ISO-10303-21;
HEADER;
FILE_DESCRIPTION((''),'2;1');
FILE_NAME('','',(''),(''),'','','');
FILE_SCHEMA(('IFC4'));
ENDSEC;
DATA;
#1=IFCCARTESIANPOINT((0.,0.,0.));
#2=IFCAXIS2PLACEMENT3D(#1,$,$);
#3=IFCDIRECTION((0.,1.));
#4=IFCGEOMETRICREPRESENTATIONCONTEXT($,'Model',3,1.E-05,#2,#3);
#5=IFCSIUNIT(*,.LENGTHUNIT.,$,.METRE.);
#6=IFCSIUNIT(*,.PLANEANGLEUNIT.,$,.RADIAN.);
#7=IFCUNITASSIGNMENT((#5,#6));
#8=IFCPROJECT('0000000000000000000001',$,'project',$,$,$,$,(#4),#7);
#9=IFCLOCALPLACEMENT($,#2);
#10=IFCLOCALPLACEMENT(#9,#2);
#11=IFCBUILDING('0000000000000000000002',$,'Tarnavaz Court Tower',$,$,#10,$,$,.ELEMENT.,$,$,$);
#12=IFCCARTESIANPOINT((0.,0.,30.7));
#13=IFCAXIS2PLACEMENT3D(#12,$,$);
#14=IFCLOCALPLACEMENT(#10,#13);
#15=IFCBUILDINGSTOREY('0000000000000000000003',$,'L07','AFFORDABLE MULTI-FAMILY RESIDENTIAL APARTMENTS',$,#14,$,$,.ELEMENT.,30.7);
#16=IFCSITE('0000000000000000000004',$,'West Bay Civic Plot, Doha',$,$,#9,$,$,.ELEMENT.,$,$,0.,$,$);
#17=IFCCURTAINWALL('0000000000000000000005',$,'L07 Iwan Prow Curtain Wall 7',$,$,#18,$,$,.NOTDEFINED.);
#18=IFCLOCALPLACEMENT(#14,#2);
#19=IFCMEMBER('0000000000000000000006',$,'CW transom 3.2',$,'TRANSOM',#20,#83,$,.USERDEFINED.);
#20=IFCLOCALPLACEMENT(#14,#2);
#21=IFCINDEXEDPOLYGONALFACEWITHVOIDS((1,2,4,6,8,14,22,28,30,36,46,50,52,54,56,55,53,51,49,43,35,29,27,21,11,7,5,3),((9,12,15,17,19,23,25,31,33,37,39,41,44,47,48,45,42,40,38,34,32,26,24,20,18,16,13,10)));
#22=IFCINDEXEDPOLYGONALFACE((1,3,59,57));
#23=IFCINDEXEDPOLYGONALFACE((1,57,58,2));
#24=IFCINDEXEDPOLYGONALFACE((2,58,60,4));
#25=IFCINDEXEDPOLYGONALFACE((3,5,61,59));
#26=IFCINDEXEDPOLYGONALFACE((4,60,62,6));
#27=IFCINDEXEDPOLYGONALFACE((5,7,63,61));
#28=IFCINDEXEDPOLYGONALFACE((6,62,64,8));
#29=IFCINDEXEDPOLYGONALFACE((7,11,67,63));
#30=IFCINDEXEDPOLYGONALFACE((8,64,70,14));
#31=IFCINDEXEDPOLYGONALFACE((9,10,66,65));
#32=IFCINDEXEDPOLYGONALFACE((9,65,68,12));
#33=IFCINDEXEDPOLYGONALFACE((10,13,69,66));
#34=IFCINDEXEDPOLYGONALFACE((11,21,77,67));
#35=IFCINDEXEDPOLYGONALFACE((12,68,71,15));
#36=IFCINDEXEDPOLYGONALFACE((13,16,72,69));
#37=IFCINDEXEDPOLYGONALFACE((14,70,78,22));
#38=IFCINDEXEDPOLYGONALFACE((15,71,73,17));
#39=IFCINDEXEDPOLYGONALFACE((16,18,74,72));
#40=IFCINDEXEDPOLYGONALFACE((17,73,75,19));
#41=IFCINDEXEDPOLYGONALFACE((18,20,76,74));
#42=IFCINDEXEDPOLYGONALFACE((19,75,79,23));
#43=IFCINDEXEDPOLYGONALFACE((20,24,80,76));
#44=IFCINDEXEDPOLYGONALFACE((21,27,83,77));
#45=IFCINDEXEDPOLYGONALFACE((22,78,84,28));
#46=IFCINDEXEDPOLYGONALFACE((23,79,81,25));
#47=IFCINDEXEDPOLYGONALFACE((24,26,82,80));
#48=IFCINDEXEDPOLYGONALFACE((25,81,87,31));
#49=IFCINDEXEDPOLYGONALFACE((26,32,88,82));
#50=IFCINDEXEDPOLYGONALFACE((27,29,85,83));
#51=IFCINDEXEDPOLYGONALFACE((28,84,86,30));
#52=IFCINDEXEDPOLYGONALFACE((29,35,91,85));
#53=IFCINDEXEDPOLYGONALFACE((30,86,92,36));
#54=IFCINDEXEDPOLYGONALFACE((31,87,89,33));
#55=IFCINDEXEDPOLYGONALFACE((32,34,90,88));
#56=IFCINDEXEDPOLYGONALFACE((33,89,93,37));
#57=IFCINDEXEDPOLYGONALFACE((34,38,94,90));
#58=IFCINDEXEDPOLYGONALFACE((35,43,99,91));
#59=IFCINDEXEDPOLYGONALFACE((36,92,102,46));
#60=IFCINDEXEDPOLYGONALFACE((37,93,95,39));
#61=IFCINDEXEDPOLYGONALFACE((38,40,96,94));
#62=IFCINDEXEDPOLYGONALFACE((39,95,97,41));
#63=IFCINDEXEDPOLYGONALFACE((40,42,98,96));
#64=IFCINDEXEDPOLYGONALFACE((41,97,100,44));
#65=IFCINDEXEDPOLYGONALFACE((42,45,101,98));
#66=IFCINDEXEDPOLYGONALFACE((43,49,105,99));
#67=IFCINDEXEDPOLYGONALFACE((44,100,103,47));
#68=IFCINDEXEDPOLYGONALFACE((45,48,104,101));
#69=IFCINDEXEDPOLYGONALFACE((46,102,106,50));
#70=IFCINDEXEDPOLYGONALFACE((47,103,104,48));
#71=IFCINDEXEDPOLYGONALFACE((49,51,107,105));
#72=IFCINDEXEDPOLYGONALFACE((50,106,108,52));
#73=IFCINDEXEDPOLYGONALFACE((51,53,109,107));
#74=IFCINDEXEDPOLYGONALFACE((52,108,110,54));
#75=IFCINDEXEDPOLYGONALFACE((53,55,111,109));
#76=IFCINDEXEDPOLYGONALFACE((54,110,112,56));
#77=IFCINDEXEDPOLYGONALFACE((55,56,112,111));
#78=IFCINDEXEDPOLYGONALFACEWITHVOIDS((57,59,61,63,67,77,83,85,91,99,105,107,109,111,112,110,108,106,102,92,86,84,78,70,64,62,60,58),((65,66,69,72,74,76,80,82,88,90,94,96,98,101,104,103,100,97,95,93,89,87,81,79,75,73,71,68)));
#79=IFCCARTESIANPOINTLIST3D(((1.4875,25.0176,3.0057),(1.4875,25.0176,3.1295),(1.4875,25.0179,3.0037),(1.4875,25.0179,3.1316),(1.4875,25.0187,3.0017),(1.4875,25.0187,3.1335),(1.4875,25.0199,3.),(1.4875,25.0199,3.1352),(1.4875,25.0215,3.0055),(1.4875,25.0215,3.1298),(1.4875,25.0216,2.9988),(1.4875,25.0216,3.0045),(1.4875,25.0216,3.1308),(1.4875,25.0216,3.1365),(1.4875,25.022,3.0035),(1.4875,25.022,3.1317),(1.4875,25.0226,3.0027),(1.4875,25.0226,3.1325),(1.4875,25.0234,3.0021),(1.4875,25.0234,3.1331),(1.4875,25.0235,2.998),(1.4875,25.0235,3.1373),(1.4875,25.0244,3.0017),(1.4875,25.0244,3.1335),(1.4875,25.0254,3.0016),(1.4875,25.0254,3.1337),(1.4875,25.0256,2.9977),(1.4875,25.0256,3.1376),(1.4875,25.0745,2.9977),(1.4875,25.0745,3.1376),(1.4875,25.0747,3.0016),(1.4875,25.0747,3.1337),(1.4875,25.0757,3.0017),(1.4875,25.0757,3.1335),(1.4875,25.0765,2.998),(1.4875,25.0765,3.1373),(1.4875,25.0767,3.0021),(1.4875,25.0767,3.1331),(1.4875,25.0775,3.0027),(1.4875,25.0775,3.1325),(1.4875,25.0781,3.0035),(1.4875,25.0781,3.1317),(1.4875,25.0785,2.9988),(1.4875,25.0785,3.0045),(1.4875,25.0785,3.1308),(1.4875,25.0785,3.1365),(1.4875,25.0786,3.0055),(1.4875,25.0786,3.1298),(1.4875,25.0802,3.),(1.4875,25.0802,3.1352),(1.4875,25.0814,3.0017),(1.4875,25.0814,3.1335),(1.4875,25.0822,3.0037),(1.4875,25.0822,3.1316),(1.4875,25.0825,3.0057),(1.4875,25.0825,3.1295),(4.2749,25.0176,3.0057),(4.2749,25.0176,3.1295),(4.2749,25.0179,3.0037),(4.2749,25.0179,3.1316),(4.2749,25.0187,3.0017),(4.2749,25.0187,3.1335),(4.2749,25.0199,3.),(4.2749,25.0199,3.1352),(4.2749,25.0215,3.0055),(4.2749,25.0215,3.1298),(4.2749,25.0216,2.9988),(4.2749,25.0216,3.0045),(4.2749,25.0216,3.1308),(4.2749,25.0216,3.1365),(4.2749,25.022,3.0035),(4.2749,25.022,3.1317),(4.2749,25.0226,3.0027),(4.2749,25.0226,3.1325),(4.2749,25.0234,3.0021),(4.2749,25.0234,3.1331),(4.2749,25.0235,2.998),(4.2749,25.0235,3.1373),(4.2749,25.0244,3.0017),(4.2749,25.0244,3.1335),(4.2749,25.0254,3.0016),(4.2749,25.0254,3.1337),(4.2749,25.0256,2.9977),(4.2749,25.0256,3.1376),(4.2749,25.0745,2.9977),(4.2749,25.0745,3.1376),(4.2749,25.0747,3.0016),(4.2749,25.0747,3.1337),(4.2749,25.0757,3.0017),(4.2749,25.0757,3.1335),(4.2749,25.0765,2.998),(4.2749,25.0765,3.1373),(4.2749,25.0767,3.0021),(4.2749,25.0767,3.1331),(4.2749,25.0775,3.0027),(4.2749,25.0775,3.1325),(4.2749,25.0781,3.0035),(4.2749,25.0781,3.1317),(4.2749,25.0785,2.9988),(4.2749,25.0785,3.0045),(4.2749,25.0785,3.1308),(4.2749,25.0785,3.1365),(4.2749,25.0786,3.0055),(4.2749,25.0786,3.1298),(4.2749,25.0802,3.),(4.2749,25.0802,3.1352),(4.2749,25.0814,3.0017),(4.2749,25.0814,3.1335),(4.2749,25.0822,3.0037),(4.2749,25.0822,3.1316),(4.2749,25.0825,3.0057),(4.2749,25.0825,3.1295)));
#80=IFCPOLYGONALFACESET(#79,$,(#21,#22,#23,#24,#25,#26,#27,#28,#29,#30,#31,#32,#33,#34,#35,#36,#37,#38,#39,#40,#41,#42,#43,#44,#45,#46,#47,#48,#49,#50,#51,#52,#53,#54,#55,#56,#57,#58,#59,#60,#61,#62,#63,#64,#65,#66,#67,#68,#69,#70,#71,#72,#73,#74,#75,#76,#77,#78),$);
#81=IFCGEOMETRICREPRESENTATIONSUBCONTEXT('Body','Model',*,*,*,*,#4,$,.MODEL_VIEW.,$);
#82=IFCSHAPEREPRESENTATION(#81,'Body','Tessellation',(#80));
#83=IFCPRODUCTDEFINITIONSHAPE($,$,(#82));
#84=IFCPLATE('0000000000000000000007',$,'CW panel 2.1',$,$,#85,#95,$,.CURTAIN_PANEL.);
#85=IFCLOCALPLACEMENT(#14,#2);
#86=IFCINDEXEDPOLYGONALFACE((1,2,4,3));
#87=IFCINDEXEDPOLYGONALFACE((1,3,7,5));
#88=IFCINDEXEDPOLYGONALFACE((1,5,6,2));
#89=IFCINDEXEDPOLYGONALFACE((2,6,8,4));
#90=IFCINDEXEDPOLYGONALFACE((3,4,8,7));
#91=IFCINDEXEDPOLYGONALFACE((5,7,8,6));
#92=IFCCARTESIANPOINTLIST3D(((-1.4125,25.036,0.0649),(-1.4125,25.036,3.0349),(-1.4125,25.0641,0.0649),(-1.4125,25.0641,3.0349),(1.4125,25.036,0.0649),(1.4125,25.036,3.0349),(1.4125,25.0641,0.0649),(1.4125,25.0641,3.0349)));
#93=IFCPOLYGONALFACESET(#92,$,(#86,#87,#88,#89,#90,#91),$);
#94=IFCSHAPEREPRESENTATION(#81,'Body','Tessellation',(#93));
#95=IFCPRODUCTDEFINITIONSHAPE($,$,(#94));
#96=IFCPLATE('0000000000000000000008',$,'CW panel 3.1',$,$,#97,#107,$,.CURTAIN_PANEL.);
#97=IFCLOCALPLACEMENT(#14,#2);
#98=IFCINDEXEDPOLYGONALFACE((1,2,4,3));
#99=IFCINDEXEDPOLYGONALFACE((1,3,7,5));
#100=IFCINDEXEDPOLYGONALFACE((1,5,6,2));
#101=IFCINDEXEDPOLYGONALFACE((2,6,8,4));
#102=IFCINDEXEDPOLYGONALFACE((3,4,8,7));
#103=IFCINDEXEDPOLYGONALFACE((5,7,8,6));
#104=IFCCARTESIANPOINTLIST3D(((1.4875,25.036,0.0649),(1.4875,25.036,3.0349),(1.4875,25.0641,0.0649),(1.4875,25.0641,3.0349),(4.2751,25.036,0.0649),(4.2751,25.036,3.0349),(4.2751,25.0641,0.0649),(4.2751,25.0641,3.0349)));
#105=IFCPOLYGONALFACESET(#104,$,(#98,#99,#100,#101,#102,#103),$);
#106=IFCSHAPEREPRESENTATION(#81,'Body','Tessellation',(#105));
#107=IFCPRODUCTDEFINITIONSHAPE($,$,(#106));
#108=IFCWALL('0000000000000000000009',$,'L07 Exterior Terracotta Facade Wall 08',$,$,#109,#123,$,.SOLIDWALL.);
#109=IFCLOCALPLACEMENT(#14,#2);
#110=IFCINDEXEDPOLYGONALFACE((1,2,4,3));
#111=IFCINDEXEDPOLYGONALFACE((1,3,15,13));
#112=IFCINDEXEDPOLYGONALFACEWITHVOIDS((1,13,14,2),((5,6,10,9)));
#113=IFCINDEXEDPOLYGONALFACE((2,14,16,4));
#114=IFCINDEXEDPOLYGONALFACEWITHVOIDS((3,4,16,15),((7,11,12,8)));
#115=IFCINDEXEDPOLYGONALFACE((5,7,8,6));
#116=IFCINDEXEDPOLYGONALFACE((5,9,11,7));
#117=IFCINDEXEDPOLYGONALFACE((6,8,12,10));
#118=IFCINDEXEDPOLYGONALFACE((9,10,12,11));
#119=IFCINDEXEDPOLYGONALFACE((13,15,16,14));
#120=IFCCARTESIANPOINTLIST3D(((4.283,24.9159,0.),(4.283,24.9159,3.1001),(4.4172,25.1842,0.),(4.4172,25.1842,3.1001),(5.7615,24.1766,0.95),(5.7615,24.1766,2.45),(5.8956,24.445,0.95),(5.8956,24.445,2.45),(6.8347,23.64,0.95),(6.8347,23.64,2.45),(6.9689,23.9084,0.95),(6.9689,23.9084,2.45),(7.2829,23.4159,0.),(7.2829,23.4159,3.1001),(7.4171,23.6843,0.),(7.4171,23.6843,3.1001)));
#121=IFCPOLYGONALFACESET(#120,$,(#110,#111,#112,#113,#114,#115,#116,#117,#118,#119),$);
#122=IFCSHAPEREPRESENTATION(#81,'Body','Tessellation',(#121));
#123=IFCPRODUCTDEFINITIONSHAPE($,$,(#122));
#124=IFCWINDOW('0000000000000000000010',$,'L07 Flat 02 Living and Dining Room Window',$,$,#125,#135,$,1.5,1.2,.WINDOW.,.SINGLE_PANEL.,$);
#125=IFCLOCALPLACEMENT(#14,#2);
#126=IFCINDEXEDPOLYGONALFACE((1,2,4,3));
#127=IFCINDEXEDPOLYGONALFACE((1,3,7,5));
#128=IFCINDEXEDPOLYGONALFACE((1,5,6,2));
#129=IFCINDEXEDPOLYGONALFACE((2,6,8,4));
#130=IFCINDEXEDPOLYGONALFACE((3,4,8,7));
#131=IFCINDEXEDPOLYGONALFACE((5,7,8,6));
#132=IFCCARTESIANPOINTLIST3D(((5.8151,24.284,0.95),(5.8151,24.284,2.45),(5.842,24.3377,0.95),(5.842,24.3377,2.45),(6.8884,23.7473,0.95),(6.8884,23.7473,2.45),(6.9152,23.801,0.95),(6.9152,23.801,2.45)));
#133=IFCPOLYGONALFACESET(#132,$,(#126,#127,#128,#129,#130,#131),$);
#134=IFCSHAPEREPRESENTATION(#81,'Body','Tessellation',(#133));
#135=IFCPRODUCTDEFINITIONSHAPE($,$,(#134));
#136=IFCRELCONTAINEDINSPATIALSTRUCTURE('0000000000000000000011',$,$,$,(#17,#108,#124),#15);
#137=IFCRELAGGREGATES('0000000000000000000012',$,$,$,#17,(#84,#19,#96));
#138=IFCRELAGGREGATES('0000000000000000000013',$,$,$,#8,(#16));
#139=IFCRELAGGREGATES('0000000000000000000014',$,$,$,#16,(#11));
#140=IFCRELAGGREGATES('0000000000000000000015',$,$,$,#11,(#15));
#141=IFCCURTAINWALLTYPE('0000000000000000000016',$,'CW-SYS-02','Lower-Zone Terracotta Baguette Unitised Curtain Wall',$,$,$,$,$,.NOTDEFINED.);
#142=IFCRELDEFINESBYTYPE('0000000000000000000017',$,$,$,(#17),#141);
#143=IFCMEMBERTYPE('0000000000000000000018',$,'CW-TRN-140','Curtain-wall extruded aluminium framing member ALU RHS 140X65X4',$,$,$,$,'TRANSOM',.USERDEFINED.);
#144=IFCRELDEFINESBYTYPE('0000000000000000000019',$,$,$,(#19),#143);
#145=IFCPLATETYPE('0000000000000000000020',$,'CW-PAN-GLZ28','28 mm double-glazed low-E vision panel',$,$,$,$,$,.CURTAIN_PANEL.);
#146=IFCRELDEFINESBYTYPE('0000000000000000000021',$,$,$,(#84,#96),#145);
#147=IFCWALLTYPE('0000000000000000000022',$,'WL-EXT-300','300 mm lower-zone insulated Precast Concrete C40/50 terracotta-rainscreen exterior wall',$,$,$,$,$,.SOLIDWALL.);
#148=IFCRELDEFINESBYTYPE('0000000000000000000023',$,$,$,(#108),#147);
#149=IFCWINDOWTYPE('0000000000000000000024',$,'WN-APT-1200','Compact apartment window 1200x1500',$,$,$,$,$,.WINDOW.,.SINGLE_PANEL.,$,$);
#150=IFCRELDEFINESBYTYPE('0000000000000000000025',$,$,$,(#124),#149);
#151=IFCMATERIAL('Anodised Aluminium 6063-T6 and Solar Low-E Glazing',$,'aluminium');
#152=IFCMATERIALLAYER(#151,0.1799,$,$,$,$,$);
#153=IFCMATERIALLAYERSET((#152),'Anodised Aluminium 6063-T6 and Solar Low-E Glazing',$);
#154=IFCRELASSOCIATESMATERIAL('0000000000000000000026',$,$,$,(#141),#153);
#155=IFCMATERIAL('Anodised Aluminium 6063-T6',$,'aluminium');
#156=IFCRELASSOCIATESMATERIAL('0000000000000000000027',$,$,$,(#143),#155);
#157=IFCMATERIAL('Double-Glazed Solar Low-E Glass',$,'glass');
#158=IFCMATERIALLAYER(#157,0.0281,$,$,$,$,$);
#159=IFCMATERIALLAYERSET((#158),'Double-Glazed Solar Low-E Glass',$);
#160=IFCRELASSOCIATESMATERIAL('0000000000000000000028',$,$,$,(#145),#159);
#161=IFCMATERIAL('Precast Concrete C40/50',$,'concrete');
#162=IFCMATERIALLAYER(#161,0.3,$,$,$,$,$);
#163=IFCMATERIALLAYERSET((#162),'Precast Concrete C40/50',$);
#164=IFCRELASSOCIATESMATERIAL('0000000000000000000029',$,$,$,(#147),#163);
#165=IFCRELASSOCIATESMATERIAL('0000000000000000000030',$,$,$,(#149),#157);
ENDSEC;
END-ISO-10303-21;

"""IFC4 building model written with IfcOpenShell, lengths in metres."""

from ifc_helpers import new_model, si_unit, direction, frame, frame_2d, origin, origin_2d, place, context, subcontext, project, spatial, rectangle, hollow_rectangle, extrude, material, layer, layer_set, material_profile, profile_set, type_object, element, fill, aggregate, save


model = new_model("IFC4")

# Units and contexts
model_context = context("Model", 3, precision=1e-05, world=origin(), true_north=direction((0.0, 1.0)))
body_context = subcontext(model_context, "Body", "Model", "MODEL_VIEW")
ifc_project = project(units=[si_unit("LENGTHUNIT", "METRE"), si_unit("PLANEANGLEUNIT", "RADIAN")], contexts=[model_context])

# Site, building, storey
site_placement = place(None, origin())
site = spatial("IfcSite", under=ifc_project, at=site_placement, Name="West Bay Civic Plot, Doha", CompositionType="ELEMENT", RefElevation=0.0)
building_placement = place(site_placement, origin())
building = spatial("IfcBuilding", under=site, at=building_placement, Name="Tarnavaz Court Tower", CompositionType="ELEMENT")
storey_placement = place(building_placement, frame((0.0, 0.0, 30.7)))
storey = spatial("IfcBuildingStorey", under=building, at=storey_placement, Name="L07", Description="AFFORDABLE MULTI-FAMILY RESIDENTIAL APARTMENTS", CompositionType="ELEMENT", Elevation=30.7)

# Curtain wall, member, plates
ifc_material_1 = material(Name="Anodised Aluminium 6063-T6 and Solar Low-E Glazing", Category="aluminium")
ifc_layer_1 = layer(ifc_material_1, 0.1799)
ifc_layer_set_1 = layer_set([ifc_layer_1], Name="Anodised Aluminium 6063-T6 and Solar Low-E Glazing")
curtain_wall_type = type_object("IfcCurtainWallType", Name="CW-SYS-02", Description="Lower-Zone Terracotta Baguette Unitised Curtain Wall", PredefinedType="NOTDEFINED", material=ifc_layer_set_1)
curtain_wall_placement = place(storey_placement, origin())
curtain_wall = element("IfcCurtainWall", 1, at=curtain_wall_placement, inside=storey, type_object=curtain_wall_type, Name="L07 Iwan Prow Curtain Wall 7", PredefinedType="NOTDEFINED")
ifc_material_2 = material(Name="Anodised Aluminium 6063-T6", Category="aluminium")
ifc_material_profile_1 = material_profile(ifc_material_2, hollow_rectangle(XDim=0.0649, YDim=0.1399, WallThickness=0.0039, InnerFilletRadius=0.0039, OuterFilletRadius=0.0081, at=origin_2d()), Name="ALU RHS 140X65X4")
ifc_profile_set_1 = profile_set([ifc_material_profile_1], Name="Anodised Aluminium 6063-T6")
member_type_1 = type_object("IfcMemberType", Name="CW-TRN-140", Description="Curtain-wall extruded aluminium framing member ALU RHS 140X65X4", ElementType="TRANSOM", PredefinedType="USERDEFINED", material=ifc_profile_set_1)
member_1_placement = place(storey_placement, frame((1.4875, 25.05, 3.0676), z_axis=(1.0, 0.0, 0.0), x_axis=(0.0, 1.0, 0.0)))
member_1 = element("IfcMember", 2, at=member_1_placement, type_object=member_type_1, Name="CW transom 3.2", ObjectType="TRANSOM", PredefinedType="USERDEFINED", context=body_context, shape_type="SweptSolid", body=[
    extrude(hollow_rectangle(XDim=0.0649, YDim=0.1399, WallThickness=0.0039, InnerFilletRadius=0.0039, OuterFilletRadius=0.0081, at=origin_2d()), origin(), (0.0, 0.0, 1.0), 2.7874),
])
ifc_material_3 = material(Name="Double-Glazed Solar Low-E Glass", Category="glass")
ifc_layer_2 = layer(ifc_material_3, 0.0281)
ifc_layer_set_2 = layer_set([ifc_layer_2], Name="Double-Glazed Solar Low-E Glass")
plate_type = type_object("IfcPlateType", Name="CW-PAN-GLZ28", Description="28 mm double-glazed low-E vision panel", PredefinedType="CURTAIN_PANEL", material=ifc_layer_set_2)
plate_1_placement = place(storey_placement, frame((0.0, 25.05, 0.0649), z_axis=(0.0, 0.0, 1.0), x_axis=(1.0, 0.0, 0.0)))
plate_1 = element("IfcPlate", 3, at=plate_1_placement, type_object=plate_type, Name="CW panel 2.1", PredefinedType="CURTAIN_PANEL", context=body_context, shape_type="SweptSolid", body=[
    extrude(rectangle(XDim=2.825, YDim=0.0281, at=origin_2d()), origin(), (0.0, 0.0, 1.0), 2.97),
])
plate_2_placement = place(storey_placement, frame((2.8813, 25.05, 0.0649), z_axis=(0.0, 0.0, 1.0), x_axis=(1.0, 0.0, 0.0)))
plate_2 = element("IfcPlate", 4, at=plate_2_placement, type_object=plate_type, Name="CW panel 3.1", PredefinedType="CURTAIN_PANEL", context=body_context, shape_type="SweptSolid", body=[
    extrude(rectangle(XDim=2.7876, YDim=0.0281, at=origin_2d()), origin(), (0.0, 0.0, 1.0), 2.97),
])
aggregate(curtain_wall, [plate_1, member_1, plate_2])

# Wall, opening, window
ifc_material_4 = material(Name="Precast Concrete C40/50", Category="concrete")
ifc_layer_3 = layer(ifc_material_4, 0.3)
ifc_layer_set_3 = layer_set([ifc_layer_3], Name="Precast Concrete C40/50")
wall_type_1 = type_object("IfcWallType", Name="WL-EXT-300", Description="300 mm lower-zone insulated Precast Concrete C40/50 terracotta-rainscreen exterior wall", PredefinedType="SOLIDWALL", material=ifc_layer_set_3)
wall_1_placement = place(storey_placement, frame((4.3501, 25.05, 0.0), z_axis=(0.0, 0.0, 1.0), x_axis=(0.894427, -0.447214, 0.0)))
wall_1 = element("IfcWall", 5, at=wall_1_placement, inside=storey, type_object=wall_type_1, Name="L07 Exterior Terracotta Facade Wall 08", PredefinedType="SOLIDWALL", context=body_context, shape_type="SweptSolid", body=[
    extrude(rectangle(XDim=3.354, YDim=0.3, at=frame_2d((1.677, 0.0))), origin(), (0.0, 0.0, 1.0), 3.1001),
])
opening_1_placement = place(wall_1_placement, frame((1.6528, 0.0, 0.95)))
opening_1 = element("IfcOpeningElement", 6, at=opening_1_placement, cuts=wall_1, PredefinedType="OPENING", context=body_context, shape_type="SweptSolid", body=[
    extrude(rectangle(XDim=1.2, YDim=1.5, at=frame_2d((0.6001, 0.75))), frame((0.0, 0.1599, 0.0), z_axis=(0.0, -1.0, 0.0), x_axis=(1.0, 0.0, 0.0)), (0.0, 0.0, 1.0), 0.3201),
])
window_type_1 = type_object("IfcWindowType", Name="WN-APT-1200", Description="Compact apartment window 1200x1500", PartitioningType="SINGLE_PANEL", PredefinedType="WINDOW", material=ifc_material_3)
window_1_placement = place(opening_1_placement, origin())
window_1 = element("IfcWindow", 7, at=window_1_placement, inside=storey, type_object=window_type_1, Name="L07 Flat 02 Living and Dining Room Window", OverallHeight=1.5, OverallWidth=1.2, PartitioningType="SINGLE_PANEL", PredefinedType="WINDOW", context=body_context, shape_type="SweptSolid", body=[
    extrude(rectangle(XDim=1.2, YDim=1.5, at=frame_2d((0.6001, 0.75))), frame((0.0, 0.03, 0.0), z_axis=(0.0, -1.0, 0.0), x_axis=(1.0, 0.0, 0.0)), (0.0, 0.0, 1.0), 0.0601),
])
fill(opening_1, window_1)

save(model, "model.ifc")
